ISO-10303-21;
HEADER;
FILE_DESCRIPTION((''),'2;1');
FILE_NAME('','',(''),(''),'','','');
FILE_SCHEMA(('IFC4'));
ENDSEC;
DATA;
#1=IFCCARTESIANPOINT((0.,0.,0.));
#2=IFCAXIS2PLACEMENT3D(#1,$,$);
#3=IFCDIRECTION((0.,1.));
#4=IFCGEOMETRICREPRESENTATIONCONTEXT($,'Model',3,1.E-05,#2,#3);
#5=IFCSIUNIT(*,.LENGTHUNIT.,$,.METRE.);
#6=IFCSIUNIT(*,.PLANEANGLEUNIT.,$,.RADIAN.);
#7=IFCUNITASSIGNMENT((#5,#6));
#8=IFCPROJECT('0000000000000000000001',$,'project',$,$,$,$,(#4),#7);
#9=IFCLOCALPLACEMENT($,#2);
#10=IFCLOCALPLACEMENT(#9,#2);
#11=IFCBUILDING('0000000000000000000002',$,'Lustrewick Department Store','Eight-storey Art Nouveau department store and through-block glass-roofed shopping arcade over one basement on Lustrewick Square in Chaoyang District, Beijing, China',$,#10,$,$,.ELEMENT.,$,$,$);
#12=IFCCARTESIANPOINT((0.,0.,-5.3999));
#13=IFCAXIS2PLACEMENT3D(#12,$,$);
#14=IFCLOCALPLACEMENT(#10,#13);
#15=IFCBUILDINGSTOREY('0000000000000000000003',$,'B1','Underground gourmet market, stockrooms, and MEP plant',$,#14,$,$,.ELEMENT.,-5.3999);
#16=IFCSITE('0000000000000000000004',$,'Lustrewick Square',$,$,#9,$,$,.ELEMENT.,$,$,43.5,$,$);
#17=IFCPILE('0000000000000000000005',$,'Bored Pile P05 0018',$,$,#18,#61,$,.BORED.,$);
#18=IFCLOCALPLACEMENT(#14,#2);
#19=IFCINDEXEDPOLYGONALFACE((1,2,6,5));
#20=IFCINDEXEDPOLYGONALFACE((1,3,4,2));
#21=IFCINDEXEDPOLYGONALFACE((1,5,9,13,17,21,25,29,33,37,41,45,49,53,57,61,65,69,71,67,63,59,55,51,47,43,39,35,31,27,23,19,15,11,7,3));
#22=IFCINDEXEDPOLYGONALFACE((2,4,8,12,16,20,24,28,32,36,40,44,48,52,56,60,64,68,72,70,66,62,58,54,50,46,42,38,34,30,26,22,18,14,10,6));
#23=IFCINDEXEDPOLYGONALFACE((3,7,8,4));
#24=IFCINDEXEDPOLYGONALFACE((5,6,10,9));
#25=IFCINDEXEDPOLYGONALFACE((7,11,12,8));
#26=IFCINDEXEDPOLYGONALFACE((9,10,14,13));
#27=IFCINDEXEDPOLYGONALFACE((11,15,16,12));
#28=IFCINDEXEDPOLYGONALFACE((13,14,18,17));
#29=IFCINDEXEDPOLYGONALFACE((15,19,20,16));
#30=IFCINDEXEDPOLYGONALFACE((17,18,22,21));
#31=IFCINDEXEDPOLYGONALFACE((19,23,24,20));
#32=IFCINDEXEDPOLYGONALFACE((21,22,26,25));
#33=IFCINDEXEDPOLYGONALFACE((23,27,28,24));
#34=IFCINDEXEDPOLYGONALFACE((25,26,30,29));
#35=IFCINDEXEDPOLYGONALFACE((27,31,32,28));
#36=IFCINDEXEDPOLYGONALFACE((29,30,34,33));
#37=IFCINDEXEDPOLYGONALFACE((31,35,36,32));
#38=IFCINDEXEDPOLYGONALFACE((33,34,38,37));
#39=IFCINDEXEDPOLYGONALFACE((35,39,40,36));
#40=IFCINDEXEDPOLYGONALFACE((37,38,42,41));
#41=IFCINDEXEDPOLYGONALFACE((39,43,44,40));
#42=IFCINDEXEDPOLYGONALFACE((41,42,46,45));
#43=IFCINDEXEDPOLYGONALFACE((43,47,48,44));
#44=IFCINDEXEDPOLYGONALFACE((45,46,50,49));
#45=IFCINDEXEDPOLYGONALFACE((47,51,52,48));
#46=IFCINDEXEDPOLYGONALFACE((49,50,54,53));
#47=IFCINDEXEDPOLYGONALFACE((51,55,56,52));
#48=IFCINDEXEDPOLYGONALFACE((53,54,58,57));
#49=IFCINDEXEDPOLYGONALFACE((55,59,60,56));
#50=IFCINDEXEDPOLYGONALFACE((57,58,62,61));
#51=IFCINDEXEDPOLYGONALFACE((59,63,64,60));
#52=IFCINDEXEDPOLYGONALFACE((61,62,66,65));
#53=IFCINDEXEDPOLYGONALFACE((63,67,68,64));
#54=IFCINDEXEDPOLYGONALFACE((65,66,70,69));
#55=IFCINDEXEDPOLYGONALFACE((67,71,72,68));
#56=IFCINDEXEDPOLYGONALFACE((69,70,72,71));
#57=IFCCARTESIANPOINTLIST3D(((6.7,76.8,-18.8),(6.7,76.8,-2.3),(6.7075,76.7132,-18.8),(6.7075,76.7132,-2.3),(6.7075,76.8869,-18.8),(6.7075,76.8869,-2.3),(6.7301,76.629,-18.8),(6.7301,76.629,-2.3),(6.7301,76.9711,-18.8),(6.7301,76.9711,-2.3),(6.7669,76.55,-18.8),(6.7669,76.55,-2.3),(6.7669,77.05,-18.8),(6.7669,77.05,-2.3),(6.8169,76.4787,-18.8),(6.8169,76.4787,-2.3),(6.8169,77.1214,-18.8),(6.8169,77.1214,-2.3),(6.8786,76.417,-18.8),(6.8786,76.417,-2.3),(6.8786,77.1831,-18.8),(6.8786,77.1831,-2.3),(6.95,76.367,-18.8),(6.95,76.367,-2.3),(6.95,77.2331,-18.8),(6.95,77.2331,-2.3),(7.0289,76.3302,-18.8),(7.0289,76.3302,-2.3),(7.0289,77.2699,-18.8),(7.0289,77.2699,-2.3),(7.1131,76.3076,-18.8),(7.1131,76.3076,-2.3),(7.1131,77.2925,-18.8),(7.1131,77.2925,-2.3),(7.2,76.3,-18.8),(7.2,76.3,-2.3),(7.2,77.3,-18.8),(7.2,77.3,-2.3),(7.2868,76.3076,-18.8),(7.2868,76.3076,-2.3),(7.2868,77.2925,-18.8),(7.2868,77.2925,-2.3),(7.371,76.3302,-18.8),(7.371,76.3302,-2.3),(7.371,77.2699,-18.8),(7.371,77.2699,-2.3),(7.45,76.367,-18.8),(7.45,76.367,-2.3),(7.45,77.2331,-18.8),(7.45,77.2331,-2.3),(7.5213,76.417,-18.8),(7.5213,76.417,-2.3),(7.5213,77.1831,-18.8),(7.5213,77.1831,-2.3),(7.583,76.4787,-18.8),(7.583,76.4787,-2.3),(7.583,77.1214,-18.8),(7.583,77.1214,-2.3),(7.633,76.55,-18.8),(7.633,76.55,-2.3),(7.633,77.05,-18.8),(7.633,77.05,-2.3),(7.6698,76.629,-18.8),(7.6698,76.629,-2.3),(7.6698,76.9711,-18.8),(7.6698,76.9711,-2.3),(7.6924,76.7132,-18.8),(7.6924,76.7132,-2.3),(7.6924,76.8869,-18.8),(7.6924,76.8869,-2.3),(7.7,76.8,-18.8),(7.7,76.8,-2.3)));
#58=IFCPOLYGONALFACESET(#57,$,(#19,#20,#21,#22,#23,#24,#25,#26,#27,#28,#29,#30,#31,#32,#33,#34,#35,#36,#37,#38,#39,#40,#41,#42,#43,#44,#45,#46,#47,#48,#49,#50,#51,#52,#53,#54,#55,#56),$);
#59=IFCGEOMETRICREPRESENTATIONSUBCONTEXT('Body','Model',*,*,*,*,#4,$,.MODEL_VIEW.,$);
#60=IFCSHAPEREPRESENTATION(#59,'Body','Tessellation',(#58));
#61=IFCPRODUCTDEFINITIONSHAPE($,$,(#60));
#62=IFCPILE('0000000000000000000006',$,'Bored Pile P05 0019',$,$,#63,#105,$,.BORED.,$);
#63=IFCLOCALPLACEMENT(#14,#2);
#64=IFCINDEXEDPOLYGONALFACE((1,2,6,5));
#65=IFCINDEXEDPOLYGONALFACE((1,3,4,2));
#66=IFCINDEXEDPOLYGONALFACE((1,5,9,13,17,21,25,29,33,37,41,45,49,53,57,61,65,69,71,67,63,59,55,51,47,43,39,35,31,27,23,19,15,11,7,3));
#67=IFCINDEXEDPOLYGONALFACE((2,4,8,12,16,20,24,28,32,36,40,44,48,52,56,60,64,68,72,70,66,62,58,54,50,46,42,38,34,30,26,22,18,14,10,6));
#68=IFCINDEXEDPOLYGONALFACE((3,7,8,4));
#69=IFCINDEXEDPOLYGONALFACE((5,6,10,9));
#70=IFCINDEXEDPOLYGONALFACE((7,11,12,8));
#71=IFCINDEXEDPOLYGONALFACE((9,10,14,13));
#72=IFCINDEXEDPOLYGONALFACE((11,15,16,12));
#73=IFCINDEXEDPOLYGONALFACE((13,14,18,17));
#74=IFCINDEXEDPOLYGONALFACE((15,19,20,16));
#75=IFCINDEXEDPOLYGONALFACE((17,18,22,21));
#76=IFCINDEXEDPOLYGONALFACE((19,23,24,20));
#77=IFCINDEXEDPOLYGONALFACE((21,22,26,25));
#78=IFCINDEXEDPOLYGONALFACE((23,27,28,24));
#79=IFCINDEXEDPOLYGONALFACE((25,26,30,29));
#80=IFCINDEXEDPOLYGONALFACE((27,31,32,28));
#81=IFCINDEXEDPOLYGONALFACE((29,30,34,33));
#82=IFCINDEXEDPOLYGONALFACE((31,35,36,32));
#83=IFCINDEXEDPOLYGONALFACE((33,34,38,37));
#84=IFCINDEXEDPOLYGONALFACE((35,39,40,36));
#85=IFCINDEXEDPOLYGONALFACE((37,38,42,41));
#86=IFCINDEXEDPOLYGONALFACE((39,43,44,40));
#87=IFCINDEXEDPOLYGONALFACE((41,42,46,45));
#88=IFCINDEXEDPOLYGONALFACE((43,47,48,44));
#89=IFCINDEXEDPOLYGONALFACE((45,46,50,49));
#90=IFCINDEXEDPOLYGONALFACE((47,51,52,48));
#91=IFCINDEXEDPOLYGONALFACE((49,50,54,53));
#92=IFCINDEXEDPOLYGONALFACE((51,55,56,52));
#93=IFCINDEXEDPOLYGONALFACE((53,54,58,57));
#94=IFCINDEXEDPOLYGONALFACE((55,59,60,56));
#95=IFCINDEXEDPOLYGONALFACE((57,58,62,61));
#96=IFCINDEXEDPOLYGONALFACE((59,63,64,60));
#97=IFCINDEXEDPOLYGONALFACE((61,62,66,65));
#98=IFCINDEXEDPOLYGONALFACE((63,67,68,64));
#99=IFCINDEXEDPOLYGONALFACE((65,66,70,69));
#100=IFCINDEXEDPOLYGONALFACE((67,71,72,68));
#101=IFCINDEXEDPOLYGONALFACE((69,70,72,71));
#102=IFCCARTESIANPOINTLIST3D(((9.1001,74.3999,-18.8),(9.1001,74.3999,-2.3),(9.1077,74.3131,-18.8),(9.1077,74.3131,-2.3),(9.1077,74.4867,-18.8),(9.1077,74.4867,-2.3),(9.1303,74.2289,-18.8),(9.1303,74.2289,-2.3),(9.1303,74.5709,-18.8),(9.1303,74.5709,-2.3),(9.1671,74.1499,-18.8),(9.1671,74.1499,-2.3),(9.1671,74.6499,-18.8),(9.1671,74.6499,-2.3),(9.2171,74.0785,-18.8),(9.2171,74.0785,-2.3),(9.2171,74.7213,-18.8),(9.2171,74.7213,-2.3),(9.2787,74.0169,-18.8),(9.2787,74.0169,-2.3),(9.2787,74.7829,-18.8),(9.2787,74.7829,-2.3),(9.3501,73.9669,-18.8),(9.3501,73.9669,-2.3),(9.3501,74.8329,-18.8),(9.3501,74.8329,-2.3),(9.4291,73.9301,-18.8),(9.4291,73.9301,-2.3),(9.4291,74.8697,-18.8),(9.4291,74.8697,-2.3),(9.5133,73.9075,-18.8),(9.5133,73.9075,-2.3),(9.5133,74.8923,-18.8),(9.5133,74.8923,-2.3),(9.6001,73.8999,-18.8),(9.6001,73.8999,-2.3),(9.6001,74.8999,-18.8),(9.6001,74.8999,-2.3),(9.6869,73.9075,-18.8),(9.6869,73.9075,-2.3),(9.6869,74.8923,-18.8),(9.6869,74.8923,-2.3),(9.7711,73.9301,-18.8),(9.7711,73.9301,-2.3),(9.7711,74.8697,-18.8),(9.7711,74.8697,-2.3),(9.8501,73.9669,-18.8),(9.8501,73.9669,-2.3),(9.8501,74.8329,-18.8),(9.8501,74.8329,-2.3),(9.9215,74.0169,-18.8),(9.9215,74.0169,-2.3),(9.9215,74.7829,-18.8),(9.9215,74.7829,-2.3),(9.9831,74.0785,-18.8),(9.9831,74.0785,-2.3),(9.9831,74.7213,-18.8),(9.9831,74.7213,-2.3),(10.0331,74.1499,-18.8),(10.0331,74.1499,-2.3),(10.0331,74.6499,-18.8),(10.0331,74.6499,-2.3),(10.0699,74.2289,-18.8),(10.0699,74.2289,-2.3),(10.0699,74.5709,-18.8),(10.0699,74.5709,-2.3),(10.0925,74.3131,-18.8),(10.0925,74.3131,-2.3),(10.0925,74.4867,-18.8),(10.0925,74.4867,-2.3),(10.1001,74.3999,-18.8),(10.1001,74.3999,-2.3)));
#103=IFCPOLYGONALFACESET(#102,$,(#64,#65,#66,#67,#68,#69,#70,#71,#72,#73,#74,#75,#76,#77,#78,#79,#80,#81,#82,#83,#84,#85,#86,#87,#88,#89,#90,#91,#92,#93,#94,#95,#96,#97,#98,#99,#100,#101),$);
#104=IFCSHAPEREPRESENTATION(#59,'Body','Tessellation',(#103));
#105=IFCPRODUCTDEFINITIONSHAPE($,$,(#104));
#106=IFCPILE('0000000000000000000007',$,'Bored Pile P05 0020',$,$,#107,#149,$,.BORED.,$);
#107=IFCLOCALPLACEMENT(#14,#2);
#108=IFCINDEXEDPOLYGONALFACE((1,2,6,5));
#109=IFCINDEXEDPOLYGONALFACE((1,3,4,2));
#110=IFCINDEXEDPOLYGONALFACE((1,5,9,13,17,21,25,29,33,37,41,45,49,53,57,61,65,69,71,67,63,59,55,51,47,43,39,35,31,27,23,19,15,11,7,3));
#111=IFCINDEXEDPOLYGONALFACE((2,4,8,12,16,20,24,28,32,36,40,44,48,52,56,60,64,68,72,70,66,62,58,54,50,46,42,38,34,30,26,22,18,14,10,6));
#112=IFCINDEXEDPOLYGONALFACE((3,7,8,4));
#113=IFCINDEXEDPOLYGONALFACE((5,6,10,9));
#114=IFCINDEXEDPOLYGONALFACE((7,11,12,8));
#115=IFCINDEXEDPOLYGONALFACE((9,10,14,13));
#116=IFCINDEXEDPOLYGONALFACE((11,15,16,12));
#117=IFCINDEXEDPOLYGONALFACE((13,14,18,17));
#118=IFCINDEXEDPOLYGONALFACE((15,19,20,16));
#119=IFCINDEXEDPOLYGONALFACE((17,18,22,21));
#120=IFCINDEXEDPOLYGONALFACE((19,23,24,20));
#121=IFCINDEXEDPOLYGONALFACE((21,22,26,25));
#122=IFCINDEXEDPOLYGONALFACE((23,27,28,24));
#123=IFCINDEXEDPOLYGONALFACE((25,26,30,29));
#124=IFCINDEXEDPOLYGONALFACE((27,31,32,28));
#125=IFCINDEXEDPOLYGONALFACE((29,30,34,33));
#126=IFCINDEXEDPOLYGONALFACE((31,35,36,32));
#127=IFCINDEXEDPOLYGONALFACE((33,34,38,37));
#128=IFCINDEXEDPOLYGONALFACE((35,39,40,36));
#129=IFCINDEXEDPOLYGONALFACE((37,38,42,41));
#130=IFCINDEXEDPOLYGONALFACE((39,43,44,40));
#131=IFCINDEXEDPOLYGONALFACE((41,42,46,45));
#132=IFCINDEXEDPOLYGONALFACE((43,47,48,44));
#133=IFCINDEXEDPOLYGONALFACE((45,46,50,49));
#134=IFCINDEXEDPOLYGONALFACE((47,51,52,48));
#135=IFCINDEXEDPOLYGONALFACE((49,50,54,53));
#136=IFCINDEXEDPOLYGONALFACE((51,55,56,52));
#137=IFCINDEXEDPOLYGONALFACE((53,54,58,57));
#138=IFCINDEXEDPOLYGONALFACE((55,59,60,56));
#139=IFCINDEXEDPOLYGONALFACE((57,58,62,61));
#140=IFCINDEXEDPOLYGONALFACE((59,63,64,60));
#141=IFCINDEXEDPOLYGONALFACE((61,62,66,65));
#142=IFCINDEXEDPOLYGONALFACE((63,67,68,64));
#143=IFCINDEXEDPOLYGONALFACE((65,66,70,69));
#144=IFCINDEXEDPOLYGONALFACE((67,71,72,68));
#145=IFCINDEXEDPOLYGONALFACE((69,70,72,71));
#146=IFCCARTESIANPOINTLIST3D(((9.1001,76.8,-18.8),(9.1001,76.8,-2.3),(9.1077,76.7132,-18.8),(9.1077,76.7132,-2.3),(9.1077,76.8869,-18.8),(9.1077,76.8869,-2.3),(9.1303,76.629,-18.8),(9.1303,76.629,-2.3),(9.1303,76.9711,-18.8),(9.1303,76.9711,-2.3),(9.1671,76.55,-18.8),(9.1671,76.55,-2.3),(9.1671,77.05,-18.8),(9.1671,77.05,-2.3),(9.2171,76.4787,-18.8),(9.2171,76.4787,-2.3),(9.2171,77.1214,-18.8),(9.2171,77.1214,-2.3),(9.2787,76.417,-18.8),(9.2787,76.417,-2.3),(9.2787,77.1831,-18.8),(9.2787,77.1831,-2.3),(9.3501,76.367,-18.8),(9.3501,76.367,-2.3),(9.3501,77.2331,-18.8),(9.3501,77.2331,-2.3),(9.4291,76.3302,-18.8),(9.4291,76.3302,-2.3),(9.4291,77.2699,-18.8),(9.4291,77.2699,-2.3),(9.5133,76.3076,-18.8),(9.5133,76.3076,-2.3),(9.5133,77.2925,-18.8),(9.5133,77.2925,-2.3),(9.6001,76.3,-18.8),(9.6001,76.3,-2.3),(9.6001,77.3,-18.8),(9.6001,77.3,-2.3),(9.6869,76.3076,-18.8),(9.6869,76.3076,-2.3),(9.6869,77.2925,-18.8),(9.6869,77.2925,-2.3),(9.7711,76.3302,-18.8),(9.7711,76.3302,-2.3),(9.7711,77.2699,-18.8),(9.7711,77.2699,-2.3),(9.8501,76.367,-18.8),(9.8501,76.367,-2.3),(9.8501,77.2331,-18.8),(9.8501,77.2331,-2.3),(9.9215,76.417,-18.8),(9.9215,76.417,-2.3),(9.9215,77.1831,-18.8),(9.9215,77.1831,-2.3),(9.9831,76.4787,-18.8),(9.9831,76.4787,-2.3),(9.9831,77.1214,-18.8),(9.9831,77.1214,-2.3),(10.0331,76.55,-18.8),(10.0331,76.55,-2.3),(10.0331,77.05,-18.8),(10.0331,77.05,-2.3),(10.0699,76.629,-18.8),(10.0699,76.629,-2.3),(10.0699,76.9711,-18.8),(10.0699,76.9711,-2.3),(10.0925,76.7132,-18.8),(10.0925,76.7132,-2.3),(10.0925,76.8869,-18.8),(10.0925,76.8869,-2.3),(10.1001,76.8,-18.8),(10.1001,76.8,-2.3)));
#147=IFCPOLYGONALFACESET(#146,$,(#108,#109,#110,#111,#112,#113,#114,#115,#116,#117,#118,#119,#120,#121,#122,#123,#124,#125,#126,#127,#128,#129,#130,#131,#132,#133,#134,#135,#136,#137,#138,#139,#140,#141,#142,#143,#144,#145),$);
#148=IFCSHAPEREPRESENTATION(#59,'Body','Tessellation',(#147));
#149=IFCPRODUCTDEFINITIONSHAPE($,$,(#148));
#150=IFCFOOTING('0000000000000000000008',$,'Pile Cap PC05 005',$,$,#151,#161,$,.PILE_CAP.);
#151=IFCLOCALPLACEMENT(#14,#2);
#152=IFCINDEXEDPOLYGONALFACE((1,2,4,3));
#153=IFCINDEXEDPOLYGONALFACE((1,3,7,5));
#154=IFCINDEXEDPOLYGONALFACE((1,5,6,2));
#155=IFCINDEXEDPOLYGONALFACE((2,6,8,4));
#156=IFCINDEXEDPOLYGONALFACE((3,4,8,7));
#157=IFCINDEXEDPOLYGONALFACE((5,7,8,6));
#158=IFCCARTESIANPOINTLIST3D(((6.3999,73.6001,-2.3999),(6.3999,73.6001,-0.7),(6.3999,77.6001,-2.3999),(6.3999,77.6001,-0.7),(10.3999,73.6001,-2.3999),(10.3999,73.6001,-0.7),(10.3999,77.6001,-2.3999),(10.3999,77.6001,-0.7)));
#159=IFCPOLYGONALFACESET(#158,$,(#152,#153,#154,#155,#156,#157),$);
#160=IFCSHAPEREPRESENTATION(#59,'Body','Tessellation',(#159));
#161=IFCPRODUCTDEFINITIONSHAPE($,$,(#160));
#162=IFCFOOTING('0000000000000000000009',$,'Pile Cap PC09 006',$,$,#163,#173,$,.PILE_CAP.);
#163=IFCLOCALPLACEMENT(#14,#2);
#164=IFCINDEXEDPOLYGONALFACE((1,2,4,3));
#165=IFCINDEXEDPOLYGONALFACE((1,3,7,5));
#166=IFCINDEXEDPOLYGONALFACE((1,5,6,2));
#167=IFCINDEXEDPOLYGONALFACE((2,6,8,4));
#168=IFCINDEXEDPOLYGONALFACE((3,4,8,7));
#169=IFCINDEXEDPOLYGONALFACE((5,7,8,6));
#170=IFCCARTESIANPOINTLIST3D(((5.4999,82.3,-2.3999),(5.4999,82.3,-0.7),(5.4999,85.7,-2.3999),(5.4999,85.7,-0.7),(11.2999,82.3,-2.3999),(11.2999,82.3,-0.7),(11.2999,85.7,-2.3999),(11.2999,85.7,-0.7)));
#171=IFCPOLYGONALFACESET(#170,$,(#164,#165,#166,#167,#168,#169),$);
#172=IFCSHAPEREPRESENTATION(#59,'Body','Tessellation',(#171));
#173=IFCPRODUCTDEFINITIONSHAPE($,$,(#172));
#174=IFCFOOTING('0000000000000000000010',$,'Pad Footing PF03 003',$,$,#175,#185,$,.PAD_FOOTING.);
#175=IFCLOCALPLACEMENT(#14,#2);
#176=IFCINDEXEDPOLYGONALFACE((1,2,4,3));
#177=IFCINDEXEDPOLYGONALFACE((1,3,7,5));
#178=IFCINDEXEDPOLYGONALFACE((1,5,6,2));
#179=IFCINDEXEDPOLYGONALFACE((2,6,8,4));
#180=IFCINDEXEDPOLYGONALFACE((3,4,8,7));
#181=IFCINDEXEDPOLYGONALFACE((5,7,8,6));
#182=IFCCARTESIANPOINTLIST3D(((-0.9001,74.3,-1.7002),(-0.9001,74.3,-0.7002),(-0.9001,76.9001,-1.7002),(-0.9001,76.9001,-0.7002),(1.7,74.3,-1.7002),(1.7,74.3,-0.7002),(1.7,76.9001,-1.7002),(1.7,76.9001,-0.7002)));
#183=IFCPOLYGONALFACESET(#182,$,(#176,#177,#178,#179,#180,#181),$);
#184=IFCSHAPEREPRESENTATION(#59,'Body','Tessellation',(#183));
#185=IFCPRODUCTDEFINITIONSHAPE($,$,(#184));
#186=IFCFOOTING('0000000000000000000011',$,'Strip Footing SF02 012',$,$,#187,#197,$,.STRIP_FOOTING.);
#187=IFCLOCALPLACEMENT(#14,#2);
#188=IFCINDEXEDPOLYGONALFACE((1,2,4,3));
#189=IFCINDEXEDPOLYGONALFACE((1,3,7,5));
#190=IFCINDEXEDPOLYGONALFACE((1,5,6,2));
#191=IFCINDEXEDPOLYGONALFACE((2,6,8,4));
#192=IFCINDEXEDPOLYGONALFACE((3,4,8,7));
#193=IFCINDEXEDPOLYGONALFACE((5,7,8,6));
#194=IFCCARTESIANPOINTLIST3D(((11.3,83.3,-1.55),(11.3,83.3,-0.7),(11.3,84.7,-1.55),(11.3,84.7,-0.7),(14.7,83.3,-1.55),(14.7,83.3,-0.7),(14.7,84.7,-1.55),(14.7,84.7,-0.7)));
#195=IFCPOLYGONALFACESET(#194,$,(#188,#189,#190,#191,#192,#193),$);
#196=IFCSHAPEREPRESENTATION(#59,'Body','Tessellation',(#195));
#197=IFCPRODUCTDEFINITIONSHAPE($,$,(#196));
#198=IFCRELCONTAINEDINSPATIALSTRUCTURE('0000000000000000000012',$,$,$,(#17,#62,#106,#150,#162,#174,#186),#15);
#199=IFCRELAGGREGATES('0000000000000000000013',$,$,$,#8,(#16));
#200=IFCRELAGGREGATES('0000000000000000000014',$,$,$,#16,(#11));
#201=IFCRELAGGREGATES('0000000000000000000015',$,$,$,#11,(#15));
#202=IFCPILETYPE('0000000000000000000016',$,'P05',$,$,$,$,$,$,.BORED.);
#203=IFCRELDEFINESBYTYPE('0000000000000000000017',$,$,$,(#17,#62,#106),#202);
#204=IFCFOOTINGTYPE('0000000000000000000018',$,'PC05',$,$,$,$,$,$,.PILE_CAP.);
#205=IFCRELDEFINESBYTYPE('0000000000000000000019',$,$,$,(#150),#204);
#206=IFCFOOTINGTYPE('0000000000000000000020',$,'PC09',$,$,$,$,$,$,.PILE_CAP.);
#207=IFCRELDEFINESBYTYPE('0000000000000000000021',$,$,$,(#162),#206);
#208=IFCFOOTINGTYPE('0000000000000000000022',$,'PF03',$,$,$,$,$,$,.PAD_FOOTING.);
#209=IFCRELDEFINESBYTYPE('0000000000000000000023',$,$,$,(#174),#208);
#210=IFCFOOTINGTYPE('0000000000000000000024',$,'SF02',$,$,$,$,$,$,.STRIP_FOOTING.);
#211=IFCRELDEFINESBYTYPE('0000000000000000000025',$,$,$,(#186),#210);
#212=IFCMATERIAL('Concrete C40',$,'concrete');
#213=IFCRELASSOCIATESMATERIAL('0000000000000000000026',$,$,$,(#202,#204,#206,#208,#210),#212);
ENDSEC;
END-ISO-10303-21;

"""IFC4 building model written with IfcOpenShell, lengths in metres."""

from ifc_helpers import new_model, si_unit, direction, frame, origin, origin_2d, place, context, subcontext, project, spatial, rectangle, circle, extrude, material, material_profile, profile_set, type_object, element, save


model = new_model("IFC4")

# Units and contexts
model_context = context("Model", 3, precision=1e-05, world=origin(), true_north=direction((0.0, 1.0)))
body_context = subcontext(model_context, "Body", "Model", "MODEL_VIEW")
ifc_project = project(units=[si_unit("LENGTHUNIT", "METRE"), si_unit("PLANEANGLEUNIT", "RADIAN")], contexts=[model_context])

# Site, building, storey
site_placement = place(None, origin())
site = spatial("IfcSite", under=ifc_project, at=site_placement, Name="Lustrewick Square", CompositionType="ELEMENT", RefElevation=43.5)
building_placement = place(site_placement, origin())
building = spatial("IfcBuilding", under=site, at=building_placement, Name="Lustrewick Department Store", Description="Eight-storey Art Nouveau department store and through-block glass-roofed shopping arcade over one basement on Lustrewick Square in Chaoyang District, Beijing, China", CompositionType="ELEMENT")
storey_placement = place(building_placement, frame((0.0, 0.0, -5.3999)))
storey = spatial("IfcBuildingStorey", under=building, at=storey_placement, Name="B1", Description="Underground gourmet market, stockrooms, and MEP plant", CompositionType="ELEMENT", Elevation=-5.3999)

# Piles
ifc_material_1 = material(Name="Concrete C40", Category="concrete")
ifc_material_profile_1 = material_profile(ifc_material_1, circle(Radius=0.5, at=origin_2d()), Name="PILE D1000")
ifc_profile_set_1 = profile_set([ifc_material_profile_1], Name="Concrete C40")
pile_type_1 = type_object("IfcPileType", Name="P05", PredefinedType="BORED", material=ifc_profile_set_1)
for number, where, z_axis, x_axis, name in (
    (1, (7.2, 76.8, -2.3), (0.0, 0.0, -1.0), (1.0, 0.0, 0.0), "Bored Pile P05 0018"),
    (2, (9.6001, 74.3999, -2.3), (0.0, 0.0, -1.0), (1.0, 0.0, 0.0), "Bored Pile P05 0019"),
    (3, (9.6001, 76.8, -2.3), (0.0, 0.0, -1.0), (1.0, 0.0, 0.0), "Bored Pile P05 0020"),
):
    element("IfcPile", number, at=place(storey_placement, frame(where, z_axis=z_axis, x_axis=x_axis)), inside=storey, type_object=pile_type_1, Name=name, PredefinedType="BORED", context=body_context, shape_type="SweptSolid", body=[
        extrude(circle(Radius=0.5, at=origin_2d()), origin(), (0.0, 0.0, 1.0), 16.5),
    ])

# Footings
footing_type_1 = type_object("IfcFootingType", Name="PC05", PredefinedType="PILE_CAP", material=ifc_material_1)
footing_1_placement = place(storey_placement, frame((8.3999, 75.6001, -2.3999), z_axis=(0.0, 0.0, 1.0), x_axis=(1.0, 0.0, 0.0)))
element("IfcFooting", 4, at=footing_1_placement, inside=storey, type_object=footing_type_1, Name="Pile Cap PC05 005", PredefinedType="PILE_CAP", context=body_context, shape_type="SweptSolid", body=[
    extrude(rectangle(XDim=4.0, YDim=4.0, at=origin_2d()), origin(), (0.0, 0.0, 1.0), 1.7),
])
footing_type_2 = type_object("IfcFootingType", Name="PC09", PredefinedType="PILE_CAP", material=ifc_material_1)
footing_2_placement = place(storey_placement, frame((8.3999, 84.0, -2.3999), z_axis=(0.0, 0.0, 1.0), x_axis=(1.0, 0.0, 0.0)))
element("IfcFooting", 5, at=footing_2_placement, inside=storey, type_object=footing_type_2, Name="Pile Cap PC09 006", PredefinedType="PILE_CAP", context=body_context, shape_type="SweptSolid", body=[
    extrude(rectangle(XDim=5.8, YDim=3.3999, at=origin_2d()), origin(), (0.0, 0.0, 1.0), 1.7),
])
footing_type_3 = type_object("IfcFootingType", Name="PF03", PredefinedType="PAD_FOOTING", material=ifc_material_1)
footing_3_placement = place(storey_placement, frame((0.3999, 75.6001, -1.7002), z_axis=(0.0, 0.0, 1.0), x_axis=(1.0, 0.0, 0.0)))
element("IfcFooting", 6, at=footing_3_placement, inside=storey, type_object=footing_type_3, Name="Pad Footing PF03 003", PredefinedType="PAD_FOOTING", context=body_context, shape_type="SweptSolid", body=[
    extrude(rectangle(XDim=2.6001, YDim=2.6001, at=origin_2d()), origin(), (0.0, 0.0, 1.0), 1.0),
])
footing_type_4 = type_object("IfcFootingType", Name="SF02", PredefinedType="STRIP_FOOTING", material=ifc_material_1)
footing_4_placement = place(storey_placement, frame((13.0, 84.0, -1.55), z_axis=(0.0, 0.0, 1.0), x_axis=(1.0, 0.0, 0.0)))
element("IfcFooting", 7, at=footing_4_placement, inside=storey, type_object=footing_type_4, Name="Strip Footing SF02 012", PredefinedType="STRIP_FOOTING", context=body_context, shape_type="SweptSolid", body=[
    extrude(rectangle(XDim=3.3999, YDim=1.3999, at=origin_2d()), origin(), (0.0, 0.0, 1.0), 0.8501),
])

save(model, "model.ifc")
